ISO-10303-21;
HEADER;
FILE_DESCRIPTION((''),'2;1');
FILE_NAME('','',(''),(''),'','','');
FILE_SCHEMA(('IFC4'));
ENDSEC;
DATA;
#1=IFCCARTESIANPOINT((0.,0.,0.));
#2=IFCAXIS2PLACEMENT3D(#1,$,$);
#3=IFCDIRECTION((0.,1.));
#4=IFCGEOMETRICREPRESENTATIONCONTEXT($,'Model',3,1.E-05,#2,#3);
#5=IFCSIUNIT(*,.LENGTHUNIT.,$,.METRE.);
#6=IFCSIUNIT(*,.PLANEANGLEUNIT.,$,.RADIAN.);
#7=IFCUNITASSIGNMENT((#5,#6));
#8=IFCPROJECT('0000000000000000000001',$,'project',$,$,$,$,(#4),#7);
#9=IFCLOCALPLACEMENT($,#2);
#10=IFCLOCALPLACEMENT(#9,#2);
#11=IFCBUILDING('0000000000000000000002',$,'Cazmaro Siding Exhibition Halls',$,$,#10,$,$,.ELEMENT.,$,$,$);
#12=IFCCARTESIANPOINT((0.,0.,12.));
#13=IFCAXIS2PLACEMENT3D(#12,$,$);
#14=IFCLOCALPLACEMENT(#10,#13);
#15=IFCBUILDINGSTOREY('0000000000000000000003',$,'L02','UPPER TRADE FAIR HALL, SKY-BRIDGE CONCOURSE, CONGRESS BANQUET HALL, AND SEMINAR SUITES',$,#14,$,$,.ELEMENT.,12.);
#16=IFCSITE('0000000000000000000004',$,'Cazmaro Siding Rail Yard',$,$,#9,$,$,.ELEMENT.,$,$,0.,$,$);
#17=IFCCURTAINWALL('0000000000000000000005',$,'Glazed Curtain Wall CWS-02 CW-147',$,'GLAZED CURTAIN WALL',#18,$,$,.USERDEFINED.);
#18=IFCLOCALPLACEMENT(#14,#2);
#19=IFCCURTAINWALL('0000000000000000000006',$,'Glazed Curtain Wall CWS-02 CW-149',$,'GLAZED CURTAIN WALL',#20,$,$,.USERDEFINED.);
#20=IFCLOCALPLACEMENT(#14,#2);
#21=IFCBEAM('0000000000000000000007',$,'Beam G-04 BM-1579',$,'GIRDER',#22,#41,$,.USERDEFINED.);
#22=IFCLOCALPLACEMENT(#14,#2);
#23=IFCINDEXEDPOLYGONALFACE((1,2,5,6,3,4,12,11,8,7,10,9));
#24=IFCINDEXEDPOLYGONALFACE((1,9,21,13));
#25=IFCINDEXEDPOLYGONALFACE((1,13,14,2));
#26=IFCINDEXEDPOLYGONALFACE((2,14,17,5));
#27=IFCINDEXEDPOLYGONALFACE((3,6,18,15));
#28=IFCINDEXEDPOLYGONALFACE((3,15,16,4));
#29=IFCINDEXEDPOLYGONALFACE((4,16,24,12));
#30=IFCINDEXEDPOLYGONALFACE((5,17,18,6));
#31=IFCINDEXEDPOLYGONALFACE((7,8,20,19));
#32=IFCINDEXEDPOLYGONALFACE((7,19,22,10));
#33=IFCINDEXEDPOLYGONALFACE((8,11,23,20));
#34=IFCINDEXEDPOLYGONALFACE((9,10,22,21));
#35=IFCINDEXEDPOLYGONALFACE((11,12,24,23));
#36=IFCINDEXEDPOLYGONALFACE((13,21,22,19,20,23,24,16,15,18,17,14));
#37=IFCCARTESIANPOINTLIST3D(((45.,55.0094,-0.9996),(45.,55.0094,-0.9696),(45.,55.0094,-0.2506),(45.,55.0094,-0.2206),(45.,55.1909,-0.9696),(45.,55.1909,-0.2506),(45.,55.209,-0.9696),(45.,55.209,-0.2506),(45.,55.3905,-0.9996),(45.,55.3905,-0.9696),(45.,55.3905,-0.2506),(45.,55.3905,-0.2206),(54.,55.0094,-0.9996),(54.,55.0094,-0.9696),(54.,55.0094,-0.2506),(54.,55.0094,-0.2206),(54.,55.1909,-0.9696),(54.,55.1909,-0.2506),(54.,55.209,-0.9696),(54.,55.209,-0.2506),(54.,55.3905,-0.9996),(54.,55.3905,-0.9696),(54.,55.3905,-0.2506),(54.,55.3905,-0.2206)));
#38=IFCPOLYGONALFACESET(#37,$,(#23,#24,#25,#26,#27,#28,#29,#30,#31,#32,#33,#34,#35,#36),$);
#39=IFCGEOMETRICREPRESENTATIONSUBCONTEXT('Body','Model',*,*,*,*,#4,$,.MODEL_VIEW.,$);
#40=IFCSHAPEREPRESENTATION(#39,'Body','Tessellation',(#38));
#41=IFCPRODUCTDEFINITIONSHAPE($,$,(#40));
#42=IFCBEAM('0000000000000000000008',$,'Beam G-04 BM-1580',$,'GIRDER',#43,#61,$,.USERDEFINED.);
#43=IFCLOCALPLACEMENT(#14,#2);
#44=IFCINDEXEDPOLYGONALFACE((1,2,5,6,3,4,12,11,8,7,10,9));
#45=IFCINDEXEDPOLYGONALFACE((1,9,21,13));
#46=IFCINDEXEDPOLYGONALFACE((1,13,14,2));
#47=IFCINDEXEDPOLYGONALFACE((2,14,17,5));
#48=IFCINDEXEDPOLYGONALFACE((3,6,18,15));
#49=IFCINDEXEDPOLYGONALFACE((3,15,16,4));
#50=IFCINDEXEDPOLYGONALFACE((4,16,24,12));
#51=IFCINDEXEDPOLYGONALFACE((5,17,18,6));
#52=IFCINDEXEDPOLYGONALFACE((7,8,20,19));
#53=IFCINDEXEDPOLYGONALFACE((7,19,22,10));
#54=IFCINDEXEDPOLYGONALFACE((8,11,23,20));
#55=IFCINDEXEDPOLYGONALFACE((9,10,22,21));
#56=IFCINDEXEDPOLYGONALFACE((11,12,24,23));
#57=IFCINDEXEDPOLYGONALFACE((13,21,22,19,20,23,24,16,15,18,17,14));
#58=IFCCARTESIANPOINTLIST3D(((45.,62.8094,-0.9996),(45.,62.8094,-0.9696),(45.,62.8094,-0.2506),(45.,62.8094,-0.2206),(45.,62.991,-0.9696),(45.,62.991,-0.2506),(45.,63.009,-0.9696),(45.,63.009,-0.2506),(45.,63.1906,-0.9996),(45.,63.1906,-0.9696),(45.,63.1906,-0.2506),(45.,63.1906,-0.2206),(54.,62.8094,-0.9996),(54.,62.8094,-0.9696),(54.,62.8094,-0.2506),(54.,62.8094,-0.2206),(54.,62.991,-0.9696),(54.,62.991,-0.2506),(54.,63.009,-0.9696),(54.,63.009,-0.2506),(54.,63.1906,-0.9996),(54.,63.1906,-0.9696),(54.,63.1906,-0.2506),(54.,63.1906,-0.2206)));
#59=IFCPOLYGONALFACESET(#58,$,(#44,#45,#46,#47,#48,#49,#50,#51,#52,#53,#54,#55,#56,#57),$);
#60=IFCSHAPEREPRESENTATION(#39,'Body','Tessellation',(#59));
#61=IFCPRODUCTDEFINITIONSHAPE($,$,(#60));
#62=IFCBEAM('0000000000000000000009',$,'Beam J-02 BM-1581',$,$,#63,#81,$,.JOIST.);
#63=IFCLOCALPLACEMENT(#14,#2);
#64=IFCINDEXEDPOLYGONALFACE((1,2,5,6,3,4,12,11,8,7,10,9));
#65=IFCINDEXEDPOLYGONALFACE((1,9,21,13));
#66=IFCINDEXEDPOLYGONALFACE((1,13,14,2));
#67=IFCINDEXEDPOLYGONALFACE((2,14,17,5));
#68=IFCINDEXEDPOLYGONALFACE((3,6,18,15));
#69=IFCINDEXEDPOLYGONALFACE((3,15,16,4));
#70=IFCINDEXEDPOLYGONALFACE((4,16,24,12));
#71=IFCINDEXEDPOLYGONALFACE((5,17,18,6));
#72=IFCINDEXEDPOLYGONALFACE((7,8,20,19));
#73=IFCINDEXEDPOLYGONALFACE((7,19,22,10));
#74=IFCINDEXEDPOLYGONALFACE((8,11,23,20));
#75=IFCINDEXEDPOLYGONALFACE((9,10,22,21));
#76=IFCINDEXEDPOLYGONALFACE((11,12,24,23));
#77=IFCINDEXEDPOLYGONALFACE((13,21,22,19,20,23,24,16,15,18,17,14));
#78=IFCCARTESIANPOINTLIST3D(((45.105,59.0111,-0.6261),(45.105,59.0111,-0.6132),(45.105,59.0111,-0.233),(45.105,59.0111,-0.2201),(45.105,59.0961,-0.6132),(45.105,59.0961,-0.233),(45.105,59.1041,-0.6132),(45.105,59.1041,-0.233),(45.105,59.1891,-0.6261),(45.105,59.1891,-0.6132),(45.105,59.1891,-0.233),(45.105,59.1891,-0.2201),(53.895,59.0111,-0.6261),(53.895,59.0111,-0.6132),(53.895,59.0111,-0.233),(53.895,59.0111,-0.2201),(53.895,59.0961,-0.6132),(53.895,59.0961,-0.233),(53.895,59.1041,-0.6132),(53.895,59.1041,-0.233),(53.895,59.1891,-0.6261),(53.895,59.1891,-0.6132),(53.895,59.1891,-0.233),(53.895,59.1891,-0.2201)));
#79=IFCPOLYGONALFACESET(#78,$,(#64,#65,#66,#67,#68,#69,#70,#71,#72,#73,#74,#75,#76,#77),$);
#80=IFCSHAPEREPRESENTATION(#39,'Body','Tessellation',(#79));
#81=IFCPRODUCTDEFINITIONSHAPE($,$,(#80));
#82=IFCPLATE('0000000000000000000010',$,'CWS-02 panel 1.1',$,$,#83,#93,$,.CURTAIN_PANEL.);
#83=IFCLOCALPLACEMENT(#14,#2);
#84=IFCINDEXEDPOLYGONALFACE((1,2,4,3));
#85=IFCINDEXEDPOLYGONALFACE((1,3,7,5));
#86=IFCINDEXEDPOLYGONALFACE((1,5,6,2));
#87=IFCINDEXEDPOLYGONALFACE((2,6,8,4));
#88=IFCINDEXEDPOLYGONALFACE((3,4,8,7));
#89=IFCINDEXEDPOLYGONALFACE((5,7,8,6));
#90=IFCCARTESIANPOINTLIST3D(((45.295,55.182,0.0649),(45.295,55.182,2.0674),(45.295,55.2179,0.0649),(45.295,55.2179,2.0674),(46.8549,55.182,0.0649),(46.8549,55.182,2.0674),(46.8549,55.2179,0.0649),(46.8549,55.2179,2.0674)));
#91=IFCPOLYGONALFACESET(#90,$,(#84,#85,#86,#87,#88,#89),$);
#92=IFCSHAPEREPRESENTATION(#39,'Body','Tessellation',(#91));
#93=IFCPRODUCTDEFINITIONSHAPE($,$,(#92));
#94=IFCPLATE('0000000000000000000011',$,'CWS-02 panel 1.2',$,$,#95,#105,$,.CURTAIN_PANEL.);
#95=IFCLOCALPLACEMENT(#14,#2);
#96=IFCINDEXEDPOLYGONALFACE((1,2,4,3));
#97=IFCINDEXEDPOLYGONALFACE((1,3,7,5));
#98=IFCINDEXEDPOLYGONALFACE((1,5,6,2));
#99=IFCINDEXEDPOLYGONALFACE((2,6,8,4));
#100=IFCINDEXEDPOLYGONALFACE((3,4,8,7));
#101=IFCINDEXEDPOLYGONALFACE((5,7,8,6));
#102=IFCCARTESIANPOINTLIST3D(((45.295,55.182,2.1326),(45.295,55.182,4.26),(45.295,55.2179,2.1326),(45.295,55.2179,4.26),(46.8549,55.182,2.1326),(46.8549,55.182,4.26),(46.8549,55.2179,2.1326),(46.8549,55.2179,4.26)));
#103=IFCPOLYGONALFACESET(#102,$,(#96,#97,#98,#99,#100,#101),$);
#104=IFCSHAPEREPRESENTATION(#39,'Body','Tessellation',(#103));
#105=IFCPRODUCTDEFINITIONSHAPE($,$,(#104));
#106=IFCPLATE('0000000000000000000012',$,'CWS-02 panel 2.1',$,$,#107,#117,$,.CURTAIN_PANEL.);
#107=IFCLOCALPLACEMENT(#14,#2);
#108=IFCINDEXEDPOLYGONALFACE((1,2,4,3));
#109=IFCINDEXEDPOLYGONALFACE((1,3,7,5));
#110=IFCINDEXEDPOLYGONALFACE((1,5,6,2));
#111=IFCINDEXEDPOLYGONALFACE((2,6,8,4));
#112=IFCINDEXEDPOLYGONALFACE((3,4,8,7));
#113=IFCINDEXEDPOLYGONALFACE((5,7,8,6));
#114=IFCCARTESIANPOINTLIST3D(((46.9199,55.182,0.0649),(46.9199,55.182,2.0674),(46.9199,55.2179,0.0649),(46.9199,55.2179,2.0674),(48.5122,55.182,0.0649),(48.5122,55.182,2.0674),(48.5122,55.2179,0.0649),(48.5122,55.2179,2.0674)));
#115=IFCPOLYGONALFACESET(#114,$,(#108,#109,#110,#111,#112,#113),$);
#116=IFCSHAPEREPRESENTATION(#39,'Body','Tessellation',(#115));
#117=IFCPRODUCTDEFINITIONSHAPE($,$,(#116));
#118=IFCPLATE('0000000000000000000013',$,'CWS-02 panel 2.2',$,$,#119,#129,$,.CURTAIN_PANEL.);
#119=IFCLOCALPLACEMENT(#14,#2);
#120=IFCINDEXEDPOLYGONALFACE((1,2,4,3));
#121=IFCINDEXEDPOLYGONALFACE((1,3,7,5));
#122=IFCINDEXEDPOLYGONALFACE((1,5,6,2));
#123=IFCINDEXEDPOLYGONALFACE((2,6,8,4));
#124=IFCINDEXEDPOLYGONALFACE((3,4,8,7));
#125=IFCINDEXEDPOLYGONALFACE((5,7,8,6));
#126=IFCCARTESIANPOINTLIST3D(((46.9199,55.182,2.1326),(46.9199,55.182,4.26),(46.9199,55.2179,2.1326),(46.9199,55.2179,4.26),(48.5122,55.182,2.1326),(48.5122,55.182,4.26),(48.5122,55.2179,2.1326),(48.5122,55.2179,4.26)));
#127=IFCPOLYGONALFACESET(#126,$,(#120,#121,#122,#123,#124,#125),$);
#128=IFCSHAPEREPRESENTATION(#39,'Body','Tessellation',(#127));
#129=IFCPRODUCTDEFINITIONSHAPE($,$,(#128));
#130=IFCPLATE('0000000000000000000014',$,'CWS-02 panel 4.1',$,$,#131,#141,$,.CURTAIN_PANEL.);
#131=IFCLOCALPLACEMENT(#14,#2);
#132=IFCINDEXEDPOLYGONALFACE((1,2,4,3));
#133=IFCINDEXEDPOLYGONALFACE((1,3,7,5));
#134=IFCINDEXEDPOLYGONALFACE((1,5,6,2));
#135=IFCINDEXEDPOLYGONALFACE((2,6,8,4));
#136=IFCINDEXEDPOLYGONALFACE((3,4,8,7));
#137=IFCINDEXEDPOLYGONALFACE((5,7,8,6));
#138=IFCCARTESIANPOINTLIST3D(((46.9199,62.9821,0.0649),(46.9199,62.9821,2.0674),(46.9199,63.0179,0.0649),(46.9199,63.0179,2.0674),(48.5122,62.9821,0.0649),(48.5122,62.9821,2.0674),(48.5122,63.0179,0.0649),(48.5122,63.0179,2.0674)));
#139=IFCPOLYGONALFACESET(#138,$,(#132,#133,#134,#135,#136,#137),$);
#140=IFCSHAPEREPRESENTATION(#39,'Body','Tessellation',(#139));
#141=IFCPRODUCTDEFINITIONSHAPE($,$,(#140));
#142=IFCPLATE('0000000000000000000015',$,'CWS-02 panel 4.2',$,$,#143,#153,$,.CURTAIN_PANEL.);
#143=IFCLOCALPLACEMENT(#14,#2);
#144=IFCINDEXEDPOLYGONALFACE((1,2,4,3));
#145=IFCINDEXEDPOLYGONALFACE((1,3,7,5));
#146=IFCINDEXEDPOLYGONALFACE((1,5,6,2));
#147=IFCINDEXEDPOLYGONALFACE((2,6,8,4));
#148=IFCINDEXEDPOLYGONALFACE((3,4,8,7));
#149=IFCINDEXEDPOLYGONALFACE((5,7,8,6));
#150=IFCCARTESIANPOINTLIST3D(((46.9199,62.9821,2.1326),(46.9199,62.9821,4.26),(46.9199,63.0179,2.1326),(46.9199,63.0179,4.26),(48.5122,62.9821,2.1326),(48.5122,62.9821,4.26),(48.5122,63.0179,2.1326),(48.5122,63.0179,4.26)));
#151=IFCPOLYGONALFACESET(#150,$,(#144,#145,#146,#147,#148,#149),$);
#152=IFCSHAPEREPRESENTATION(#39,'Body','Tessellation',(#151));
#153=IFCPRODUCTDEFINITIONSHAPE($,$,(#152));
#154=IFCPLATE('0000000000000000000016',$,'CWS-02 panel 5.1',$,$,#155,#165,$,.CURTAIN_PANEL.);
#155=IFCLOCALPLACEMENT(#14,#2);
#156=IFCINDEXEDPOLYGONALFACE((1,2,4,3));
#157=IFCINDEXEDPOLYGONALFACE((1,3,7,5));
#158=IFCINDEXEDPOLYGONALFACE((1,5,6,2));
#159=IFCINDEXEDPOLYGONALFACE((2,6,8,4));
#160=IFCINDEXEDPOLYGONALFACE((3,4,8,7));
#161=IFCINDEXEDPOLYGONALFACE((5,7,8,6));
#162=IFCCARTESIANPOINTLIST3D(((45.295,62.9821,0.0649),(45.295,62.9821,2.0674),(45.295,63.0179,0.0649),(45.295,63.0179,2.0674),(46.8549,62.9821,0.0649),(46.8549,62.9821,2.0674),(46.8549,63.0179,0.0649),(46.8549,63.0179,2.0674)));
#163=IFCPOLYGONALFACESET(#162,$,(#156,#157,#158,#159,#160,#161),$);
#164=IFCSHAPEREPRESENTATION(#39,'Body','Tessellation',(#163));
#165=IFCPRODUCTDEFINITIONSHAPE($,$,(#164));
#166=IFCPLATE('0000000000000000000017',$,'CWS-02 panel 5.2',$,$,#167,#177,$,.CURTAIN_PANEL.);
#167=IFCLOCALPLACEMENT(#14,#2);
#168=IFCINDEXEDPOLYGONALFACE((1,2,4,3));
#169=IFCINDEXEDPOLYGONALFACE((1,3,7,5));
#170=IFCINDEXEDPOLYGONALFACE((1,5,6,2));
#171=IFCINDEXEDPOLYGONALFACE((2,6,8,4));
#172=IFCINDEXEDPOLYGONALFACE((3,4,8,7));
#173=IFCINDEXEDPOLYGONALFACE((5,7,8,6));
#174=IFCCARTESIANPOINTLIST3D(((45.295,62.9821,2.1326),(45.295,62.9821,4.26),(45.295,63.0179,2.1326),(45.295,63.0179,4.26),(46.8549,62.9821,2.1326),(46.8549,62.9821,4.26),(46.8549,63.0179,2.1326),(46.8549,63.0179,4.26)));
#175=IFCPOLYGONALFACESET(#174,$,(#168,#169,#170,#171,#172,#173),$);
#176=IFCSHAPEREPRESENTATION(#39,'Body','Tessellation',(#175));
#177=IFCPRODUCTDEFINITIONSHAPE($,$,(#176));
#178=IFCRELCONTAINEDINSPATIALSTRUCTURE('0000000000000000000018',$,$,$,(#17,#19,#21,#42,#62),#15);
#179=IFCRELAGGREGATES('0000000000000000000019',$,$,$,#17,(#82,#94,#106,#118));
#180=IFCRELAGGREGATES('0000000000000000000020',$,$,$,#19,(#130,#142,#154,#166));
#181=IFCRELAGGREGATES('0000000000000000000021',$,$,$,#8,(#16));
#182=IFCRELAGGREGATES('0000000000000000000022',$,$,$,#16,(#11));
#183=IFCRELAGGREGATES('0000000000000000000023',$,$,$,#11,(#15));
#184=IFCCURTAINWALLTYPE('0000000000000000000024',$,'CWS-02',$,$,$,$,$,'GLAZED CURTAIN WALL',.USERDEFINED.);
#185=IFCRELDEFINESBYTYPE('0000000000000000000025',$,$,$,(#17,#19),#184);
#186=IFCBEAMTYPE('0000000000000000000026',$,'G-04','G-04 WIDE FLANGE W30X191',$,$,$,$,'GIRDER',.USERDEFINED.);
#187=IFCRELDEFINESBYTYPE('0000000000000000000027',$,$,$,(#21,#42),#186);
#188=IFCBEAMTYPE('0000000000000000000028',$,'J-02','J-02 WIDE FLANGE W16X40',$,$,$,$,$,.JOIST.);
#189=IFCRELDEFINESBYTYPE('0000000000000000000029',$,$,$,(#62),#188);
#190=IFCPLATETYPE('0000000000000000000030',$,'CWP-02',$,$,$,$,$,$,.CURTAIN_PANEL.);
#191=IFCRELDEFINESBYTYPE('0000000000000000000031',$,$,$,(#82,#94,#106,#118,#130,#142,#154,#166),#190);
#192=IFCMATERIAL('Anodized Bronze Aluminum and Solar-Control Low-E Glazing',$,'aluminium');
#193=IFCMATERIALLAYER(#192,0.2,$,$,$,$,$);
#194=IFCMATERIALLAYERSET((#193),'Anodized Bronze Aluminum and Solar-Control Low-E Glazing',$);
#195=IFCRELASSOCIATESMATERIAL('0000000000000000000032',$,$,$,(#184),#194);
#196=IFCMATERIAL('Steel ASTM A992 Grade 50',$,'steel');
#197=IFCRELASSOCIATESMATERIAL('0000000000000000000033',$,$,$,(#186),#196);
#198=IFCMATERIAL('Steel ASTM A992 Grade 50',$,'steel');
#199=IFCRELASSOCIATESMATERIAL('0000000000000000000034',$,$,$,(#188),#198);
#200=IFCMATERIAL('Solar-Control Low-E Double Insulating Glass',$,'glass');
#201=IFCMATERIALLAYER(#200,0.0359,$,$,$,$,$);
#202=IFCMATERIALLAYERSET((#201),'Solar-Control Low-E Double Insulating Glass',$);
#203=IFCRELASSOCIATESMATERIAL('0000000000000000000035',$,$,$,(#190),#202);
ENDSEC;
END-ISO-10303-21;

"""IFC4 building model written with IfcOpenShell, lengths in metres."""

from ifc_helpers import new_model, si_unit, direction, frame, origin, origin_2d, place, context, subcontext, project, spatial, rectangle, i_section, extrude, material, layer, layer_set, material_profile, profile_set, type_object, element, aggregate, save


model = new_model("IFC4")

# Units and contexts
model_context = context("Model", 3, precision=1e-05, world=origin(), true_north=direction((0.0, 1.0)))
body_context = subcontext(model_context, "Body", "Model", "MODEL_VIEW")
ifc_project = project(units=[si_unit("LENGTHUNIT", "METRE"), si_unit("PLANEANGLEUNIT", "RADIAN")], contexts=[model_context])

# Site, building, storey
site_placement = place(None, origin())
site = spatial("IfcSite", under=ifc_project, at=site_placement, Name="Cazmaro Siding Rail Yard", CompositionType="ELEMENT", RefElevation=0.0)
building_placement = place(site_placement, origin())
building = spatial("IfcBuilding", under=site, at=building_placement, Name="Cazmaro Siding Exhibition Halls", CompositionType="ELEMENT")
storey_placement = place(building_placement, frame((0.0, 0.0, 12.0)))
storey = spatial("IfcBuildingStorey", under=building, at=storey_placement, Name="L02", Description="UPPER TRADE FAIR HALL, SKY-BRIDGE CONCOURSE, CONGRESS BANQUET HALL, AND SEMINAR SUITES", CompositionType="ELEMENT", Elevation=12.0)

# Shared definitions
ifc_material_1 = material(Name="Anodized Bronze Aluminum and Solar-Control Low-E Glazing", Category="aluminium")
ifc_layer_1 = layer(ifc_material_1, 0.2)
ifc_layer_set_1 = layer_set([ifc_layer_1], Name="Anodized Bronze Aluminum and Solar-Control Low-E Glazing")
curtain_wall_type = type_object("IfcCurtainWallType", Name="CWS-02", ElementType="GLAZED CURTAIN WALL", PredefinedType="USERDEFINED", material=ifc_layer_set_1)

# Curtain walls
curtain_wall_1_placement = place(storey_placement, origin())
curtain_wall_1 = element("IfcCurtainWall", 1, at=curtain_wall_1_placement, inside=storey, type_object=curtain_wall_type, Name="Glazed Curtain Wall CWS-02 CW-147", ObjectType="GLAZED CURTAIN WALL", PredefinedType="USERDEFINED")
curtain_wall_2_placement = place(storey_placement, origin())
curtain_wall_2 = element("IfcCurtainWall", 2, at=curtain_wall_2_placement, inside=storey, type_object=curtain_wall_type, Name="Glazed Curtain Wall CWS-02 CW-149", ObjectType="GLAZED CURTAIN WALL", PredefinedType="USERDEFINED")

# Beams
ifc_material_2 = material(Name="Steel ASTM A992 Grade 50", Category="steel")
ifc_material_profile_1 = material_profile(ifc_material_2, i_section(OverallWidth=0.3811, OverallDepth=0.7791, WebThickness=0.0181, FlangeThickness=0.03, at=origin_2d()), Name="W30X191")
ifc_profile_set_1 = profile_set([ifc_material_profile_1], Name="Steel ASTM A992 Grade 50")
beam_type_1 = type_object("IfcBeamType", Name="G-04", Description="G-04 WIDE FLANGE W30X191", ElementType="GIRDER", PredefinedType="USERDEFINED", material=ifc_profile_set_1)
for number, where, z_axis, x_axis, name in (
    (3, (45.0, 55.2, -0.6101), (1.0, 0.0, 0.0), (0.0, 1.0, 0.0), "Beam G-04 BM-1579"),
    (4, (45.0, 63.0, -0.6101), (1.0, 0.0, 0.0), (0.0, 1.0, 0.0), "Beam G-04 BM-1580"),
):
    element("IfcBeam", number, at=place(storey_placement, frame(where, z_axis=z_axis, x_axis=x_axis)), inside=storey, type_object=beam_type_1, Name=name, ObjectType="GIRDER", PredefinedType="USERDEFINED", context=body_context, shape_type="SweptSolid", body=[
        extrude(i_section(OverallWidth=0.3811, OverallDepth=0.7791, WebThickness=0.0181, FlangeThickness=0.03, at=origin_2d()), origin(), (0.0, 0.0, 1.0), 9.0),
    ])
ifc_material_3 = material(Name="Steel ASTM A992 Grade 50", Category="steel")
ifc_material_profile_2 = material_profile(ifc_material_3, i_section(OverallWidth=0.178, OverallDepth=0.406, WebThickness=0.0081, FlangeThickness=0.0129, at=origin_2d()), Name="W16X40")
ifc_profile_set_2 = profile_set([ifc_material_profile_2], Name="Steel ASTM A992 Grade 50")
beam_type_2 = type_object("IfcBeamType", Name="J-02", Description="J-02 WIDE FLANGE W16X40", PredefinedType="JOIST", material=ifc_profile_set_2)
beam_1_placement = place(storey_placement, frame((45.105, 59.1001, -0.4231), z_axis=(1.0, 0.0, 0.0), x_axis=(0.0, 1.0, 0.0)))
element("IfcBeam", 5, at=beam_1_placement, inside=storey, type_object=beam_type_2, Name="Beam J-02 BM-1581", PredefinedType="JOIST", context=body_context, shape_type="SweptSolid", body=[
    extrude(i_section(OverallWidth=0.178, OverallDepth=0.406, WebThickness=0.0081, FlangeThickness=0.0129, at=origin_2d()), origin(), (0.0, 0.0, 1.0), 8.79),
])

# Plates
ifc_material_4 = material(Name="Solar-Control Low-E Double Insulating Glass", Category="glass")
ifc_layer_2 = layer(ifc_material_4, 0.0359)
ifc_layer_set_2 = layer_set([ifc_layer_2], Name="Solar-Control Low-E Double Insulating Glass")
plate_type = type_object("IfcPlateType", Name="CWP-02", PredefinedType="CURTAIN_PANEL", material=ifc_layer_set_2)
plate_1_placement = place(storey_placement, frame((46.075, 55.2, 0.0649), z_axis=(0.0, 0.0, 1.0), x_axis=(1.0, 0.0, 0.0)))
plate_1 = element("IfcPlate", 6, at=plate_1_placement, type_object=plate_type, Name="CWS-02 panel 1.1", PredefinedType="CURTAIN_PANEL", context=body_context, shape_type="SweptSolid", body=[
    extrude(rectangle(XDim=1.5598, YDim=0.0359, at=origin_2d()), origin(), (0.0, 0.0, 1.0), 2.0024),
])
plate_2_placement = place(storey_placement, frame((46.075, 55.2, 2.1326), z_axis=(0.0, 0.0, 1.0), x_axis=(1.0, 0.0, 0.0)))
plate_2 = element("IfcPlate", 7, at=plate_2_placement, type_object=plate_type, Name="CWS-02 panel 1.2", PredefinedType="CURTAIN_PANEL", context=body_context, shape_type="SweptSolid", body=[
    extrude(rectangle(XDim=1.5598, YDim=0.0359, at=origin_2d()), origin(), (0.0, 0.0, 1.0), 2.1274),
])
plate_3_placement = place(storey_placement, frame((47.7161, 55.2, 0.0649), z_axis=(0.0, 0.0, 1.0), x_axis=(1.0, 0.0, 0.0)))
plate_3 = element("IfcPlate", 8, at=plate_3_placement, type_object=plate_type, Name="CWS-02 panel 2.1", PredefinedType="CURTAIN_PANEL", context=body_context, shape_type="SweptSolid", body=[
    extrude(rectangle(XDim=1.5923, YDim=0.0359, at=origin_2d()), origin(), (0.0, 0.0, 1.0), 2.0024),
])
plate_4_placement = place(storey_placement, frame((47.7161, 55.2, 2.1326), z_axis=(0.0, 0.0, 1.0), x_axis=(1.0, 0.0, 0.0)))
plate_4 = element("IfcPlate", 9, at=plate_4_placement, type_object=plate_type, Name="CWS-02 panel 2.2", PredefinedType="CURTAIN_PANEL", context=body_context, shape_type="SweptSolid", body=[
    extrude(rectangle(XDim=1.5923, YDim=0.0359, at=origin_2d()), origin(), (0.0, 0.0, 1.0), 2.1274),
])
aggregate(curtain_wall_1, [plate_1, plate_2, plate_3, plate_4])
plate_5_placement = place(storey_placement, frame((47.7161, 63.0, 0.0649), z_axis=(0.0, 0.0, 1.0), x_axis=(-1.0, 0.0, 0.0)))
plate_5 = element("IfcPlate", 10, at=plate_5_placement, type_object=plate_type, Name="CWS-02 panel 4.1", PredefinedType="CURTAIN_PANEL", context=body_context, shape_type="SweptSolid", body=[
    extrude(rectangle(XDim=1.5923, YDim=0.0359, at=origin_2d()), origin(), (0.0, 0.0, 1.0), 2.0024),
])
plate_6_placement = place(storey_placement, frame((47.7161, 63.0, 2.1326), z_axis=(0.0, 0.0, 1.0), x_axis=(-1.0, 0.0, 0.0)))
plate_6 = element("IfcPlate", 11, at=plate_6_placement, type_object=plate_type, Name="CWS-02 panel 4.2", PredefinedType="CURTAIN_PANEL", context=body_context, shape_type="SweptSolid", body=[
    extrude(rectangle(XDim=1.5923, YDim=0.0359, at=origin_2d()), origin(), (0.0, 0.0, 1.0), 2.1274),
])
plate_7_placement = place(storey_placement, frame((46.075, 63.0, 0.0649), z_axis=(0.0, 0.0, 1.0), x_axis=(-1.0, 0.0, 0.0)))
plate_7 = element("IfcPlate", 12, at=plate_7_placement, type_object=plate_type, Name="CWS-02 panel 5.1", PredefinedType="CURTAIN_PANEL", context=body_context, shape_type="SweptSolid", body=[
    extrude(rectangle(XDim=1.5598, YDim=0.0359, at=origin_2d()), origin(), (0.0, 0.0, 1.0), 2.0024),
])
plate_8_placement = place(storey_placement, frame((46.075, 63.0, 2.1326), z_axis=(0.0, 0.0, 1.0), x_axis=(-1.0, 0.0, 0.0)))
plate_8 = element("IfcPlate", 13, at=plate_8_placement, type_object=plate_type, Name="CWS-02 panel 5.2", PredefinedType="CURTAIN_PANEL", context=body_context, shape_type="SweptSolid", body=[
    extrude(rectangle(XDim=1.5598, YDim=0.0359, at=origin_2d()), origin(), (0.0, 0.0, 1.0), 2.1274),
])
aggregate(curtain_wall_2, [plate_5, plate_6, plate_7, plate_8])

save(model, "model.ifc")
